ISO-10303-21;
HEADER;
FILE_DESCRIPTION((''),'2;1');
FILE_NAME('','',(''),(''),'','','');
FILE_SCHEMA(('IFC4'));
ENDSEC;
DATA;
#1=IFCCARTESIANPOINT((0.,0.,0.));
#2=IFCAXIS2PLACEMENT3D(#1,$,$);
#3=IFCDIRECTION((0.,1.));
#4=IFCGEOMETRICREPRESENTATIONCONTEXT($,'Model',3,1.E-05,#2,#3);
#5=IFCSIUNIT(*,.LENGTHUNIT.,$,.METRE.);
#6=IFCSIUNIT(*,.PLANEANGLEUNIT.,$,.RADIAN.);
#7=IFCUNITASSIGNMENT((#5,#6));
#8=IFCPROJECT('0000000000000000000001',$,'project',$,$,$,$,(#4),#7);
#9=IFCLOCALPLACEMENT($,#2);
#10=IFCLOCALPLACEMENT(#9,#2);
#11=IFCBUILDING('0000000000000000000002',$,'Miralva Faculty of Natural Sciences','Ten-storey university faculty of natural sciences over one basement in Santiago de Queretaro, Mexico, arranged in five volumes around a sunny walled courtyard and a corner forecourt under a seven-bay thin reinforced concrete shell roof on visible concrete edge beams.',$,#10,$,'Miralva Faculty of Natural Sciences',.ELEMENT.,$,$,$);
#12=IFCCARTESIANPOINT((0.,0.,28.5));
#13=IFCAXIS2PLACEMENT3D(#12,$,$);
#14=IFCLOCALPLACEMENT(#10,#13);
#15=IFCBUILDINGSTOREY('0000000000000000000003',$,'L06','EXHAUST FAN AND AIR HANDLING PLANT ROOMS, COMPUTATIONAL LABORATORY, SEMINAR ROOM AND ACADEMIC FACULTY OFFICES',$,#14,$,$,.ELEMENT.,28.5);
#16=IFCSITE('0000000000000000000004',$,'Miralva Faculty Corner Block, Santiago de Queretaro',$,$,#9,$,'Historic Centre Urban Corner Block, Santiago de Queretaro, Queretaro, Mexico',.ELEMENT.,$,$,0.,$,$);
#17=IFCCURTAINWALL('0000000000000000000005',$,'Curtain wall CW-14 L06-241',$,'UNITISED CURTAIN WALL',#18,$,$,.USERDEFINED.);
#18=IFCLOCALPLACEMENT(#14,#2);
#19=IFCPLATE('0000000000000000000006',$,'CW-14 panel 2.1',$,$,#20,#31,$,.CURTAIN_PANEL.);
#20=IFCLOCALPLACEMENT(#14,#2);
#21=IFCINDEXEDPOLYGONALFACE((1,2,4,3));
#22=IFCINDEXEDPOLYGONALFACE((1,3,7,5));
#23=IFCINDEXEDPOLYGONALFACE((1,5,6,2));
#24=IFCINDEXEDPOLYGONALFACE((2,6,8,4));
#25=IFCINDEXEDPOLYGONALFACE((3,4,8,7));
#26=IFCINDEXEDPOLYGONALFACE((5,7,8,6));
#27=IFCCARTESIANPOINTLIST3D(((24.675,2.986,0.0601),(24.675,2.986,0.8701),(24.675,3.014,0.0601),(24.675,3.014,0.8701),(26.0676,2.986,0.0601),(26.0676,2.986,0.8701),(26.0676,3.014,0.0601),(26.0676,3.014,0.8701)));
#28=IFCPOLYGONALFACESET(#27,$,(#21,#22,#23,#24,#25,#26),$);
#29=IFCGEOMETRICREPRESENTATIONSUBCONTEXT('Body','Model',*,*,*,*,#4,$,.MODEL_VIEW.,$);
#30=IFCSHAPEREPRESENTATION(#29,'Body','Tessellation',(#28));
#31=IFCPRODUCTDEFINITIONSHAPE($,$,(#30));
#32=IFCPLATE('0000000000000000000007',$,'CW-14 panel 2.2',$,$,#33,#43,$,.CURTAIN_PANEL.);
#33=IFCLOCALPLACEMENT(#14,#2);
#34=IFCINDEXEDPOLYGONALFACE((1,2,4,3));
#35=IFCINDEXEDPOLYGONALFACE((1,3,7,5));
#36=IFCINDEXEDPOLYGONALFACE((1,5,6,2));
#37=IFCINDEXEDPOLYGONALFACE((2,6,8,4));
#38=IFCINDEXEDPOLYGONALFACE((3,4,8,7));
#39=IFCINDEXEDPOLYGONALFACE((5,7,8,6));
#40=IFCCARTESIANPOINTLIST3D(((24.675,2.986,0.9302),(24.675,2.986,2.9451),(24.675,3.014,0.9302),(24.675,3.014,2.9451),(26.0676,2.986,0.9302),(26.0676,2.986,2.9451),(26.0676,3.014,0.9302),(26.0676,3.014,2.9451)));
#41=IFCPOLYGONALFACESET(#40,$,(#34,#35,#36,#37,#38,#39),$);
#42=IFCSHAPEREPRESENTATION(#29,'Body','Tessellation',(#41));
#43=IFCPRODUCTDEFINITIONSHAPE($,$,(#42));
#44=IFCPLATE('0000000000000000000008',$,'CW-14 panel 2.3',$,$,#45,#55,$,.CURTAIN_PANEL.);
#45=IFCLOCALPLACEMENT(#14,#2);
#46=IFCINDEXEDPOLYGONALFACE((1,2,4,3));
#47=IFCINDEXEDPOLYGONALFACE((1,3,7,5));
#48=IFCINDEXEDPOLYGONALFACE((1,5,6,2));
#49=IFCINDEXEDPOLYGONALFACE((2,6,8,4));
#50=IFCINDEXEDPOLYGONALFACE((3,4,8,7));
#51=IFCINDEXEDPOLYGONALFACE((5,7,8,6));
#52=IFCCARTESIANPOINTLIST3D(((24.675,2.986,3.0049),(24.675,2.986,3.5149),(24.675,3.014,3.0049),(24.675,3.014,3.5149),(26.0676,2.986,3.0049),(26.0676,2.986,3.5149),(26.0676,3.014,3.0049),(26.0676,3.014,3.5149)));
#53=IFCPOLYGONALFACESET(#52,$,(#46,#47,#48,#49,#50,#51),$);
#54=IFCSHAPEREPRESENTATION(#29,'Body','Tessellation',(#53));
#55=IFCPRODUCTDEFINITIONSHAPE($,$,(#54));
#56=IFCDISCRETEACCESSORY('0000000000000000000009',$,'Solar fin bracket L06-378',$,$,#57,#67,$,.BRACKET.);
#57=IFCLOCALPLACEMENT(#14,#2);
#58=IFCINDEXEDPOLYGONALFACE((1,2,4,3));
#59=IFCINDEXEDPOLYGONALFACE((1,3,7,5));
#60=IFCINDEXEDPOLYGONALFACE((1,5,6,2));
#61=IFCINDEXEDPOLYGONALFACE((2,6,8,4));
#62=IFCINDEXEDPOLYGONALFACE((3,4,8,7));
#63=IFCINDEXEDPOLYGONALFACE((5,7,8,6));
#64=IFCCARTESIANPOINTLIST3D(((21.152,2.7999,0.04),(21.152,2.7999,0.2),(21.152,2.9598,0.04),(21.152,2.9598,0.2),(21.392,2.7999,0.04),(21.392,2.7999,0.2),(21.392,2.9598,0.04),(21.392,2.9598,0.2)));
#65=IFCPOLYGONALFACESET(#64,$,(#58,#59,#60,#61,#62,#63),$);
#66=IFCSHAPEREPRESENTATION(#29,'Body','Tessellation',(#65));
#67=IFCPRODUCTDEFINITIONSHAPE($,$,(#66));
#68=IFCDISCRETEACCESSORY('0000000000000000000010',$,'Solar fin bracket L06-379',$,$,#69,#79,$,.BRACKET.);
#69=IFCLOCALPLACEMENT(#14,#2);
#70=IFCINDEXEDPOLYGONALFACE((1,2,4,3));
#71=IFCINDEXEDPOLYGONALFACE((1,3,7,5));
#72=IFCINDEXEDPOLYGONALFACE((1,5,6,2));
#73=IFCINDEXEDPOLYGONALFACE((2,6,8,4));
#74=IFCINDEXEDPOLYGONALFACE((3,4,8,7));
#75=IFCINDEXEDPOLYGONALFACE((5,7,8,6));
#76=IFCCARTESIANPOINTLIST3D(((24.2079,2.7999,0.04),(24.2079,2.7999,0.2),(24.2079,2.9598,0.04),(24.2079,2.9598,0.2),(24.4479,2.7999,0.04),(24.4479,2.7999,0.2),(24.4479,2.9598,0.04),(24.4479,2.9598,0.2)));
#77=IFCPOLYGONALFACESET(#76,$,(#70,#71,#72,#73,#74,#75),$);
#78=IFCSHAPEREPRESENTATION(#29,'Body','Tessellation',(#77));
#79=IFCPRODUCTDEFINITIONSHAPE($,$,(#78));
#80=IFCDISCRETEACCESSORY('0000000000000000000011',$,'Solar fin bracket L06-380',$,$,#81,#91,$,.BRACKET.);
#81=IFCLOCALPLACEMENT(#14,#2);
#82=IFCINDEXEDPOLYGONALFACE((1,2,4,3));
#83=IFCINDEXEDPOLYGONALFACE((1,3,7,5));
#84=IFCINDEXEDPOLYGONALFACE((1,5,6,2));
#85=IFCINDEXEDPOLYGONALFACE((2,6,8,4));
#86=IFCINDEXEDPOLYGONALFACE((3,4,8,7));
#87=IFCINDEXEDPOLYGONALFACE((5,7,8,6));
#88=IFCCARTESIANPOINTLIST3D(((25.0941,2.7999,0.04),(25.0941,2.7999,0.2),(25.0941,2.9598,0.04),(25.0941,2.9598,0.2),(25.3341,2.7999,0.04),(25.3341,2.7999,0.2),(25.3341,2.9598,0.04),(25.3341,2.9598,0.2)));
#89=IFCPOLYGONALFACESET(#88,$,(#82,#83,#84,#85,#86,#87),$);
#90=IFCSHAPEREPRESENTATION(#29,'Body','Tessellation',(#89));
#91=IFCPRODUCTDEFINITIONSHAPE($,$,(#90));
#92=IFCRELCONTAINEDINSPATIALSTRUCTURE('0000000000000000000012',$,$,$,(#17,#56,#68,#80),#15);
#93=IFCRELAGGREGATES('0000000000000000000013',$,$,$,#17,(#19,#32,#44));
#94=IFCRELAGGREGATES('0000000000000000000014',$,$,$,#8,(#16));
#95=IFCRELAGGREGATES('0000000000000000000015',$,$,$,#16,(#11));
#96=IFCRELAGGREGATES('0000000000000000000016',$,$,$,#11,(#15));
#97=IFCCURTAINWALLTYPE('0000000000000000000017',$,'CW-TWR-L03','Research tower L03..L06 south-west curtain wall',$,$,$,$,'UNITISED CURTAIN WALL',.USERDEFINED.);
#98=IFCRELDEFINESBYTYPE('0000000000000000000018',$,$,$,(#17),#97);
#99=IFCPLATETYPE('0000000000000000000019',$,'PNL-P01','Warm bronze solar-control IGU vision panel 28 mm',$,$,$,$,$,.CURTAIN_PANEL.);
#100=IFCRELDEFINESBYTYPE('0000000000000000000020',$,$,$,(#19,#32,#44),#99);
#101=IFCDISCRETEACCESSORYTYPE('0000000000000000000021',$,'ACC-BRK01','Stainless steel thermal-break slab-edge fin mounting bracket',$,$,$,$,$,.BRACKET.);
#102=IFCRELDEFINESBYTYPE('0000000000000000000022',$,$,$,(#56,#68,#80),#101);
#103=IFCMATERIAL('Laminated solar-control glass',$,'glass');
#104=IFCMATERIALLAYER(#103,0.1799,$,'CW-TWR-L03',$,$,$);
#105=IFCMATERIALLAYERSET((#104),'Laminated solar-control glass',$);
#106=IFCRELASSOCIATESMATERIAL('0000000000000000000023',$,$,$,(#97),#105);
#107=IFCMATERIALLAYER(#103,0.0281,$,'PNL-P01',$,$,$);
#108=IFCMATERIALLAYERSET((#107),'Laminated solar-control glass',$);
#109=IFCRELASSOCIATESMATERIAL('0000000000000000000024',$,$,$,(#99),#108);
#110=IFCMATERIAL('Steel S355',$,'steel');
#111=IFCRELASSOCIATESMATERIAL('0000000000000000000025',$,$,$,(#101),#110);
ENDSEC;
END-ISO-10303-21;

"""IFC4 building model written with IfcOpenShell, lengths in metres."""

from ifc_helpers import new_model, si_unit, direction, frame, origin, origin_2d, place, context, subcontext, project, spatial, rectangle, extrude, material, layer, layer_set, type_object, element, aggregate, save


model = new_model("IFC4")

# Units and contexts
model_context = context("Model", 3, precision=1e-05, world=origin(), true_north=direction((0.0, 1.0)))
body_context = subcontext(model_context, "Body", "Model", "MODEL_VIEW")
ifc_project = project(units=[si_unit("LENGTHUNIT", "METRE"), si_unit("PLANEANGLEUNIT", "RADIAN")], contexts=[model_context])

# Site, building, storey
site_placement = place(None, origin())
site = spatial("IfcSite", under=ifc_project, at=site_placement, Name="Miralva Faculty Corner Block, Santiago de Queretaro", LongName="Historic Centre Urban Corner Block, Santiago de Queretaro, Queretaro, Mexico", CompositionType="ELEMENT", RefElevation=0.0)
building_placement = place(site_placement, origin())
building = spatial("IfcBuilding", under=site, at=building_placement, Name="Miralva Faculty of Natural Sciences", Description="Ten-storey university faculty of natural sciences over one basement in Santiago de Queretaro, Mexico, arranged in five volumes around a sunny walled courtyard and a corner forecourt under a seven-bay thin reinforced concrete shell roof on visible concrete edge beams.", LongName="Miralva Faculty of Natural Sciences", CompositionType="ELEMENT")
storey_placement = place(building_placement, frame((0.0, 0.0, 28.5)))
storey = spatial("IfcBuildingStorey", under=building, at=storey_placement, Name="L06", Description="EXHAUST FAN AND AIR HANDLING PLANT ROOMS, COMPUTATIONAL LABORATORY, SEMINAR ROOM AND ACADEMIC FACULTY OFFICES", CompositionType="ELEMENT", Elevation=28.5)

# Shared definitions
ifc_material_1 = material(Name="Laminated solar-control glass", Category="glass")
ifc_layer_1 = layer(ifc_material_1, 0.1799, Name="CW-TWR-L03")
ifc_layer_set_1 = layer_set([ifc_layer_1], Name="Laminated solar-control glass")
curtain_wall_type = type_object("IfcCurtainWallType", Name="CW-TWR-L03", Description="Research tower L03..L06 south-west curtain wall", ElementType="UNITISED CURTAIN WALL", PredefinedType="USERDEFINED", material=ifc_layer_set_1)

# Curtain wall
curtain_wall_1_placement = place(storey_placement, origin())
curtain_wall_1 = element("IfcCurtainWall", 1, at=curtain_wall_1_placement, inside=storey, type_object=curtain_wall_type, Name="Curtain wall CW-14 L06-241", ObjectType="UNITISED CURTAIN WALL", PredefinedType="USERDEFINED")

# Plates
ifc_layer_2 = layer(ifc_material_1, 0.0281, Name="PNL-P01")
ifc_layer_set_2 = layer_set([ifc_layer_2], Name="Laminated solar-control glass")
plate_type = type_object("IfcPlateType", Name="PNL-P01", Description="Warm bronze solar-control IGU vision panel 28 mm", PredefinedType="CURTAIN_PANEL", material=ifc_layer_set_2)
plate_1_placement = place(storey_placement, frame((25.3713, 3.0, 0.0601), z_axis=(0.0, 0.0, 1.0), x_axis=(1.0, 0.0, 0.0)))
plate_1 = element("IfcPlate", 2, at=plate_1_placement, type_object=plate_type, Name="CW-14 panel 2.1", PredefinedType="CURTAIN_PANEL", context=body_context, shape_type="SweptSolid", body=[
    extrude(rectangle(XDim=1.3926, YDim=0.0281, at=origin_2d()), origin(), (0.0, 0.0, 1.0), 0.8101),
])
plate_2_placement = place(storey_placement, frame((25.3713, 3.0, 0.9302), z_axis=(0.0, 0.0, 1.0), x_axis=(1.0, 0.0, 0.0)))
plate_2 = element("IfcPlate", 3, at=plate_2_placement, type_object=plate_type, Name="CW-14 panel 2.2", PredefinedType="CURTAIN_PANEL", context=body_context, shape_type="SweptSolid", body=[
    extrude(rectangle(XDim=1.3926, YDim=0.0281, at=origin_2d()), origin(), (0.0, 0.0, 1.0), 2.0149),
])
plate_3_placement = place(storey_placement, frame((25.3713, 3.0, 3.0049), z_axis=(0.0, 0.0, 1.0), x_axis=(1.0, 0.0, 0.0)))
plate_3 = element("IfcPlate", 4, at=plate_3_placement, type_object=plate_type, Name="CW-14 panel 2.3", PredefinedType="CURTAIN_PANEL", context=body_context, shape_type="SweptSolid", body=[
    extrude(rectangle(XDim=1.3926, YDim=0.0281, at=origin_2d()), origin(), (0.0, 0.0, 1.0), 0.51),
])
aggregate(curtain_wall_1, [plate_1, plate_2, plate_3])

# Discrete accessories
ifc_material_2 = material(Name="Steel S355", Category="steel")
discrete_accessory_type = type_object("IfcDiscreteAccessoryType", Name="ACC-BRK01", Description="Stainless steel thermal-break slab-edge fin mounting bracket", PredefinedType="BRACKET", material=ifc_material_2)
for number, where, z_axis, x_axis, name in (
    (5, (21.272, 2.8799, 0.04), (0.0, 0.0, 1.0), (0.0, -1.0, 0.0), "Solar fin bracket L06-378"),
    (6, (24.3279, 2.8799, 0.04), (0.0, 0.0, 1.0), (0.0, -1.0, 0.0), "Solar fin bracket L06-379"),
    (7, (25.2141, 2.8799, 0.04), (0.0, 0.0, 1.0), (0.0, -1.0, 0.0), "Solar fin bracket L06-380"),
):
    element("IfcDiscreteAccessory", number, at=place(storey_placement, frame(where, z_axis=z_axis, x_axis=x_axis)), inside=storey, type_object=discrete_accessory_type, Name=name, PredefinedType="BRACKET", context=body_context, shape_type="SweptSolid", body=[
        extrude(rectangle(XDim=0.1599, YDim=0.24, at=origin_2d()), origin(), (0.0, 0.0, 1.0), 0.1599),
    ])

save(model, "model.ifc")
